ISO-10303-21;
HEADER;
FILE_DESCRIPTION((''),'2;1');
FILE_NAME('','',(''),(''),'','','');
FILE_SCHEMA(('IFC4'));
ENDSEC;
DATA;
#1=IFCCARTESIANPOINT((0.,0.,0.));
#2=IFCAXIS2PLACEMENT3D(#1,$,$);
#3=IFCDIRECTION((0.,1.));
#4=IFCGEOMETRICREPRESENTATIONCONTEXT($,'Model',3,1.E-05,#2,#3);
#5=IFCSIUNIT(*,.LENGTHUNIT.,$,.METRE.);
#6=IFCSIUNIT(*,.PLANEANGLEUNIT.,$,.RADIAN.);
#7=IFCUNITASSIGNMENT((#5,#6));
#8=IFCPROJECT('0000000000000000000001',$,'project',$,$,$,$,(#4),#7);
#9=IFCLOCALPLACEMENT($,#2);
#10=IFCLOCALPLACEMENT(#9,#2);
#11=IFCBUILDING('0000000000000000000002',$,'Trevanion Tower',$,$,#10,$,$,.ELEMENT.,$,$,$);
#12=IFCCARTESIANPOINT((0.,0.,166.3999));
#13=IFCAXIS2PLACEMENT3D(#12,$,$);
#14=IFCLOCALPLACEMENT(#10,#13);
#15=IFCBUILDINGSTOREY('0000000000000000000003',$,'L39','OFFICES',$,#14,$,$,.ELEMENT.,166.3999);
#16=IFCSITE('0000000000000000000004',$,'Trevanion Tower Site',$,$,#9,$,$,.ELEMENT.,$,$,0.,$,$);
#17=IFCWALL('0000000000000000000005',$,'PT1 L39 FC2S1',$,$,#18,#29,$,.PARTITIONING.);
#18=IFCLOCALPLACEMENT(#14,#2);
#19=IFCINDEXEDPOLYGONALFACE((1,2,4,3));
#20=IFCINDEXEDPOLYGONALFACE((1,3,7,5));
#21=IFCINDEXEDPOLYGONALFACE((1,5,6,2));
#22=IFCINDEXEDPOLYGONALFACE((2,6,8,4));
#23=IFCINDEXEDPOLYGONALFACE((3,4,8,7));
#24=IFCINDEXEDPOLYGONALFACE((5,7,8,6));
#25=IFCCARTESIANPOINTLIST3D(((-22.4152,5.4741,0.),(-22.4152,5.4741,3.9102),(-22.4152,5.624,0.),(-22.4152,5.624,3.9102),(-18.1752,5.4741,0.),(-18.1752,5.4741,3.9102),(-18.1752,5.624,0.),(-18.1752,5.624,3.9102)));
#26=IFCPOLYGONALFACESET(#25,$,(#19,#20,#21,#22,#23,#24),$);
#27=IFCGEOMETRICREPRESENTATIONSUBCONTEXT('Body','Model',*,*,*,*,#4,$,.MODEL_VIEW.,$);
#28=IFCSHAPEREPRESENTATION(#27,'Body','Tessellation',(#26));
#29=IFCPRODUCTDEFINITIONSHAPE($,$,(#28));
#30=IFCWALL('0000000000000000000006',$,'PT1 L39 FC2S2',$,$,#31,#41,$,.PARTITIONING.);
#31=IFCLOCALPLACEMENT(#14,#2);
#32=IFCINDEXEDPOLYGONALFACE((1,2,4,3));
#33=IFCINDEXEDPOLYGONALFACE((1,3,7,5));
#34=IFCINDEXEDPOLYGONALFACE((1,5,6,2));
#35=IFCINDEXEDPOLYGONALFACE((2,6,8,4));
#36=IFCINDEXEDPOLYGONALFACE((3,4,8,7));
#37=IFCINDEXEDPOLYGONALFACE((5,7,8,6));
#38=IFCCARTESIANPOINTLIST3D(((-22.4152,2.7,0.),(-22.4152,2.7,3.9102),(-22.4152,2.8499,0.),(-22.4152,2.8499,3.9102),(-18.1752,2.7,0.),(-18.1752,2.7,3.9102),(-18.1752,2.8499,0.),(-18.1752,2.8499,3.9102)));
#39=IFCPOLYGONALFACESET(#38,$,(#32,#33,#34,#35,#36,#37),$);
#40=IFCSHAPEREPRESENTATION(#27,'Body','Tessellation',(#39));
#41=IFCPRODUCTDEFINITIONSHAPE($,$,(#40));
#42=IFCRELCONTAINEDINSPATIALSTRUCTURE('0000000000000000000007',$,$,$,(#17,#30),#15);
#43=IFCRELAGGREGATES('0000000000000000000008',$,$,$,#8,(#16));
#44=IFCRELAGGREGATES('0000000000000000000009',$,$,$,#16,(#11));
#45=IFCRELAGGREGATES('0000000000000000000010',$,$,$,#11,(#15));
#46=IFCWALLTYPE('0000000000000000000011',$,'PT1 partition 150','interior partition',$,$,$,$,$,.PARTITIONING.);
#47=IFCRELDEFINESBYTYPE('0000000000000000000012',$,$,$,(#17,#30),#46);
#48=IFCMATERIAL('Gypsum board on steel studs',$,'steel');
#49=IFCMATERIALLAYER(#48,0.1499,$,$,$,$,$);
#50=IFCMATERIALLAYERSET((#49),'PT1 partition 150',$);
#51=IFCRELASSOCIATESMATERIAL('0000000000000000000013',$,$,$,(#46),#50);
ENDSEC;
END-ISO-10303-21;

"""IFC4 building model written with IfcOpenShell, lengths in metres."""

from ifc_helpers import new_model, si_unit, direction, frame, frame_2d, origin, place, context, subcontext, project, spatial, rectangle, extrude, material, layer, layer_set, type_object, element, save


model = new_model("IFC4")

# Units and contexts
model_context = context("Model", 3, precision=1e-05, world=origin(), true_north=direction((0.0, 1.0)))
body_context = subcontext(model_context, "Body", "Model", "MODEL_VIEW")
ifc_project = project(units=[si_unit("LENGTHUNIT", "METRE"), si_unit("PLANEANGLEUNIT", "RADIAN")], contexts=[model_context])

# Site, building, storey
site_placement = place(None, origin())
site = spatial("IfcSite", under=ifc_project, at=site_placement, Name="Trevanion Tower Site", CompositionType="ELEMENT", RefElevation=0.0)
building_placement = place(site_placement, origin())
building = spatial("IfcBuilding", under=site, at=building_placement, Name="Trevanion Tower", CompositionType="ELEMENT")
storey_placement = place(building_placement, frame((0.0, 0.0, 166.3999)))
storey = spatial("IfcBuildingStorey", under=building, at=storey_placement, Name="L39", Description="OFFICES", CompositionType="ELEMENT", Elevation=166.3999)

# Shared definitions
ifc_material_1 = material(Name="Gypsum board on steel studs", Category="steel")
ifc_layer_1 = layer(ifc_material_1, 0.1499)
ifc_layer_set_1 = layer_set([ifc_layer_1], Name="PT1 partition 150")
wall_type_1 = type_object("IfcWallType", Name="PT1 partition 150", Description="interior partition", PredefinedType="PARTITIONING", material=ifc_layer_set_1)

# Walls
for number, where, z_axis, x_axis, name in (
    (1, (-18.175, 5.5491, 0.0), (0.0, 0.0, 1.0), (-1.0, 0.0, 0.0), "PT1 L39 FC2S1"),
    (2, (-18.175, 2.7749, 0.0), (0.0, 0.0, 1.0), (-1.0, 0.0, 0.0), "PT1 L39 FC2S2"),
):
    element("IfcWall", number, at=place(storey_placement, frame(where, z_axis=z_axis, x_axis=x_axis)), inside=storey, type_object=wall_type_1, Name=name, PredefinedType="PARTITIONING", context=body_context, shape_type="SweptSolid", body=[
        extrude(rectangle(XDim=4.24, YDim=0.1499, at=frame_2d((2.1201, 0.0))), origin(), (0.0, 0.0, 1.0), 3.9102),
    ])

save(model, "model.ifc")
